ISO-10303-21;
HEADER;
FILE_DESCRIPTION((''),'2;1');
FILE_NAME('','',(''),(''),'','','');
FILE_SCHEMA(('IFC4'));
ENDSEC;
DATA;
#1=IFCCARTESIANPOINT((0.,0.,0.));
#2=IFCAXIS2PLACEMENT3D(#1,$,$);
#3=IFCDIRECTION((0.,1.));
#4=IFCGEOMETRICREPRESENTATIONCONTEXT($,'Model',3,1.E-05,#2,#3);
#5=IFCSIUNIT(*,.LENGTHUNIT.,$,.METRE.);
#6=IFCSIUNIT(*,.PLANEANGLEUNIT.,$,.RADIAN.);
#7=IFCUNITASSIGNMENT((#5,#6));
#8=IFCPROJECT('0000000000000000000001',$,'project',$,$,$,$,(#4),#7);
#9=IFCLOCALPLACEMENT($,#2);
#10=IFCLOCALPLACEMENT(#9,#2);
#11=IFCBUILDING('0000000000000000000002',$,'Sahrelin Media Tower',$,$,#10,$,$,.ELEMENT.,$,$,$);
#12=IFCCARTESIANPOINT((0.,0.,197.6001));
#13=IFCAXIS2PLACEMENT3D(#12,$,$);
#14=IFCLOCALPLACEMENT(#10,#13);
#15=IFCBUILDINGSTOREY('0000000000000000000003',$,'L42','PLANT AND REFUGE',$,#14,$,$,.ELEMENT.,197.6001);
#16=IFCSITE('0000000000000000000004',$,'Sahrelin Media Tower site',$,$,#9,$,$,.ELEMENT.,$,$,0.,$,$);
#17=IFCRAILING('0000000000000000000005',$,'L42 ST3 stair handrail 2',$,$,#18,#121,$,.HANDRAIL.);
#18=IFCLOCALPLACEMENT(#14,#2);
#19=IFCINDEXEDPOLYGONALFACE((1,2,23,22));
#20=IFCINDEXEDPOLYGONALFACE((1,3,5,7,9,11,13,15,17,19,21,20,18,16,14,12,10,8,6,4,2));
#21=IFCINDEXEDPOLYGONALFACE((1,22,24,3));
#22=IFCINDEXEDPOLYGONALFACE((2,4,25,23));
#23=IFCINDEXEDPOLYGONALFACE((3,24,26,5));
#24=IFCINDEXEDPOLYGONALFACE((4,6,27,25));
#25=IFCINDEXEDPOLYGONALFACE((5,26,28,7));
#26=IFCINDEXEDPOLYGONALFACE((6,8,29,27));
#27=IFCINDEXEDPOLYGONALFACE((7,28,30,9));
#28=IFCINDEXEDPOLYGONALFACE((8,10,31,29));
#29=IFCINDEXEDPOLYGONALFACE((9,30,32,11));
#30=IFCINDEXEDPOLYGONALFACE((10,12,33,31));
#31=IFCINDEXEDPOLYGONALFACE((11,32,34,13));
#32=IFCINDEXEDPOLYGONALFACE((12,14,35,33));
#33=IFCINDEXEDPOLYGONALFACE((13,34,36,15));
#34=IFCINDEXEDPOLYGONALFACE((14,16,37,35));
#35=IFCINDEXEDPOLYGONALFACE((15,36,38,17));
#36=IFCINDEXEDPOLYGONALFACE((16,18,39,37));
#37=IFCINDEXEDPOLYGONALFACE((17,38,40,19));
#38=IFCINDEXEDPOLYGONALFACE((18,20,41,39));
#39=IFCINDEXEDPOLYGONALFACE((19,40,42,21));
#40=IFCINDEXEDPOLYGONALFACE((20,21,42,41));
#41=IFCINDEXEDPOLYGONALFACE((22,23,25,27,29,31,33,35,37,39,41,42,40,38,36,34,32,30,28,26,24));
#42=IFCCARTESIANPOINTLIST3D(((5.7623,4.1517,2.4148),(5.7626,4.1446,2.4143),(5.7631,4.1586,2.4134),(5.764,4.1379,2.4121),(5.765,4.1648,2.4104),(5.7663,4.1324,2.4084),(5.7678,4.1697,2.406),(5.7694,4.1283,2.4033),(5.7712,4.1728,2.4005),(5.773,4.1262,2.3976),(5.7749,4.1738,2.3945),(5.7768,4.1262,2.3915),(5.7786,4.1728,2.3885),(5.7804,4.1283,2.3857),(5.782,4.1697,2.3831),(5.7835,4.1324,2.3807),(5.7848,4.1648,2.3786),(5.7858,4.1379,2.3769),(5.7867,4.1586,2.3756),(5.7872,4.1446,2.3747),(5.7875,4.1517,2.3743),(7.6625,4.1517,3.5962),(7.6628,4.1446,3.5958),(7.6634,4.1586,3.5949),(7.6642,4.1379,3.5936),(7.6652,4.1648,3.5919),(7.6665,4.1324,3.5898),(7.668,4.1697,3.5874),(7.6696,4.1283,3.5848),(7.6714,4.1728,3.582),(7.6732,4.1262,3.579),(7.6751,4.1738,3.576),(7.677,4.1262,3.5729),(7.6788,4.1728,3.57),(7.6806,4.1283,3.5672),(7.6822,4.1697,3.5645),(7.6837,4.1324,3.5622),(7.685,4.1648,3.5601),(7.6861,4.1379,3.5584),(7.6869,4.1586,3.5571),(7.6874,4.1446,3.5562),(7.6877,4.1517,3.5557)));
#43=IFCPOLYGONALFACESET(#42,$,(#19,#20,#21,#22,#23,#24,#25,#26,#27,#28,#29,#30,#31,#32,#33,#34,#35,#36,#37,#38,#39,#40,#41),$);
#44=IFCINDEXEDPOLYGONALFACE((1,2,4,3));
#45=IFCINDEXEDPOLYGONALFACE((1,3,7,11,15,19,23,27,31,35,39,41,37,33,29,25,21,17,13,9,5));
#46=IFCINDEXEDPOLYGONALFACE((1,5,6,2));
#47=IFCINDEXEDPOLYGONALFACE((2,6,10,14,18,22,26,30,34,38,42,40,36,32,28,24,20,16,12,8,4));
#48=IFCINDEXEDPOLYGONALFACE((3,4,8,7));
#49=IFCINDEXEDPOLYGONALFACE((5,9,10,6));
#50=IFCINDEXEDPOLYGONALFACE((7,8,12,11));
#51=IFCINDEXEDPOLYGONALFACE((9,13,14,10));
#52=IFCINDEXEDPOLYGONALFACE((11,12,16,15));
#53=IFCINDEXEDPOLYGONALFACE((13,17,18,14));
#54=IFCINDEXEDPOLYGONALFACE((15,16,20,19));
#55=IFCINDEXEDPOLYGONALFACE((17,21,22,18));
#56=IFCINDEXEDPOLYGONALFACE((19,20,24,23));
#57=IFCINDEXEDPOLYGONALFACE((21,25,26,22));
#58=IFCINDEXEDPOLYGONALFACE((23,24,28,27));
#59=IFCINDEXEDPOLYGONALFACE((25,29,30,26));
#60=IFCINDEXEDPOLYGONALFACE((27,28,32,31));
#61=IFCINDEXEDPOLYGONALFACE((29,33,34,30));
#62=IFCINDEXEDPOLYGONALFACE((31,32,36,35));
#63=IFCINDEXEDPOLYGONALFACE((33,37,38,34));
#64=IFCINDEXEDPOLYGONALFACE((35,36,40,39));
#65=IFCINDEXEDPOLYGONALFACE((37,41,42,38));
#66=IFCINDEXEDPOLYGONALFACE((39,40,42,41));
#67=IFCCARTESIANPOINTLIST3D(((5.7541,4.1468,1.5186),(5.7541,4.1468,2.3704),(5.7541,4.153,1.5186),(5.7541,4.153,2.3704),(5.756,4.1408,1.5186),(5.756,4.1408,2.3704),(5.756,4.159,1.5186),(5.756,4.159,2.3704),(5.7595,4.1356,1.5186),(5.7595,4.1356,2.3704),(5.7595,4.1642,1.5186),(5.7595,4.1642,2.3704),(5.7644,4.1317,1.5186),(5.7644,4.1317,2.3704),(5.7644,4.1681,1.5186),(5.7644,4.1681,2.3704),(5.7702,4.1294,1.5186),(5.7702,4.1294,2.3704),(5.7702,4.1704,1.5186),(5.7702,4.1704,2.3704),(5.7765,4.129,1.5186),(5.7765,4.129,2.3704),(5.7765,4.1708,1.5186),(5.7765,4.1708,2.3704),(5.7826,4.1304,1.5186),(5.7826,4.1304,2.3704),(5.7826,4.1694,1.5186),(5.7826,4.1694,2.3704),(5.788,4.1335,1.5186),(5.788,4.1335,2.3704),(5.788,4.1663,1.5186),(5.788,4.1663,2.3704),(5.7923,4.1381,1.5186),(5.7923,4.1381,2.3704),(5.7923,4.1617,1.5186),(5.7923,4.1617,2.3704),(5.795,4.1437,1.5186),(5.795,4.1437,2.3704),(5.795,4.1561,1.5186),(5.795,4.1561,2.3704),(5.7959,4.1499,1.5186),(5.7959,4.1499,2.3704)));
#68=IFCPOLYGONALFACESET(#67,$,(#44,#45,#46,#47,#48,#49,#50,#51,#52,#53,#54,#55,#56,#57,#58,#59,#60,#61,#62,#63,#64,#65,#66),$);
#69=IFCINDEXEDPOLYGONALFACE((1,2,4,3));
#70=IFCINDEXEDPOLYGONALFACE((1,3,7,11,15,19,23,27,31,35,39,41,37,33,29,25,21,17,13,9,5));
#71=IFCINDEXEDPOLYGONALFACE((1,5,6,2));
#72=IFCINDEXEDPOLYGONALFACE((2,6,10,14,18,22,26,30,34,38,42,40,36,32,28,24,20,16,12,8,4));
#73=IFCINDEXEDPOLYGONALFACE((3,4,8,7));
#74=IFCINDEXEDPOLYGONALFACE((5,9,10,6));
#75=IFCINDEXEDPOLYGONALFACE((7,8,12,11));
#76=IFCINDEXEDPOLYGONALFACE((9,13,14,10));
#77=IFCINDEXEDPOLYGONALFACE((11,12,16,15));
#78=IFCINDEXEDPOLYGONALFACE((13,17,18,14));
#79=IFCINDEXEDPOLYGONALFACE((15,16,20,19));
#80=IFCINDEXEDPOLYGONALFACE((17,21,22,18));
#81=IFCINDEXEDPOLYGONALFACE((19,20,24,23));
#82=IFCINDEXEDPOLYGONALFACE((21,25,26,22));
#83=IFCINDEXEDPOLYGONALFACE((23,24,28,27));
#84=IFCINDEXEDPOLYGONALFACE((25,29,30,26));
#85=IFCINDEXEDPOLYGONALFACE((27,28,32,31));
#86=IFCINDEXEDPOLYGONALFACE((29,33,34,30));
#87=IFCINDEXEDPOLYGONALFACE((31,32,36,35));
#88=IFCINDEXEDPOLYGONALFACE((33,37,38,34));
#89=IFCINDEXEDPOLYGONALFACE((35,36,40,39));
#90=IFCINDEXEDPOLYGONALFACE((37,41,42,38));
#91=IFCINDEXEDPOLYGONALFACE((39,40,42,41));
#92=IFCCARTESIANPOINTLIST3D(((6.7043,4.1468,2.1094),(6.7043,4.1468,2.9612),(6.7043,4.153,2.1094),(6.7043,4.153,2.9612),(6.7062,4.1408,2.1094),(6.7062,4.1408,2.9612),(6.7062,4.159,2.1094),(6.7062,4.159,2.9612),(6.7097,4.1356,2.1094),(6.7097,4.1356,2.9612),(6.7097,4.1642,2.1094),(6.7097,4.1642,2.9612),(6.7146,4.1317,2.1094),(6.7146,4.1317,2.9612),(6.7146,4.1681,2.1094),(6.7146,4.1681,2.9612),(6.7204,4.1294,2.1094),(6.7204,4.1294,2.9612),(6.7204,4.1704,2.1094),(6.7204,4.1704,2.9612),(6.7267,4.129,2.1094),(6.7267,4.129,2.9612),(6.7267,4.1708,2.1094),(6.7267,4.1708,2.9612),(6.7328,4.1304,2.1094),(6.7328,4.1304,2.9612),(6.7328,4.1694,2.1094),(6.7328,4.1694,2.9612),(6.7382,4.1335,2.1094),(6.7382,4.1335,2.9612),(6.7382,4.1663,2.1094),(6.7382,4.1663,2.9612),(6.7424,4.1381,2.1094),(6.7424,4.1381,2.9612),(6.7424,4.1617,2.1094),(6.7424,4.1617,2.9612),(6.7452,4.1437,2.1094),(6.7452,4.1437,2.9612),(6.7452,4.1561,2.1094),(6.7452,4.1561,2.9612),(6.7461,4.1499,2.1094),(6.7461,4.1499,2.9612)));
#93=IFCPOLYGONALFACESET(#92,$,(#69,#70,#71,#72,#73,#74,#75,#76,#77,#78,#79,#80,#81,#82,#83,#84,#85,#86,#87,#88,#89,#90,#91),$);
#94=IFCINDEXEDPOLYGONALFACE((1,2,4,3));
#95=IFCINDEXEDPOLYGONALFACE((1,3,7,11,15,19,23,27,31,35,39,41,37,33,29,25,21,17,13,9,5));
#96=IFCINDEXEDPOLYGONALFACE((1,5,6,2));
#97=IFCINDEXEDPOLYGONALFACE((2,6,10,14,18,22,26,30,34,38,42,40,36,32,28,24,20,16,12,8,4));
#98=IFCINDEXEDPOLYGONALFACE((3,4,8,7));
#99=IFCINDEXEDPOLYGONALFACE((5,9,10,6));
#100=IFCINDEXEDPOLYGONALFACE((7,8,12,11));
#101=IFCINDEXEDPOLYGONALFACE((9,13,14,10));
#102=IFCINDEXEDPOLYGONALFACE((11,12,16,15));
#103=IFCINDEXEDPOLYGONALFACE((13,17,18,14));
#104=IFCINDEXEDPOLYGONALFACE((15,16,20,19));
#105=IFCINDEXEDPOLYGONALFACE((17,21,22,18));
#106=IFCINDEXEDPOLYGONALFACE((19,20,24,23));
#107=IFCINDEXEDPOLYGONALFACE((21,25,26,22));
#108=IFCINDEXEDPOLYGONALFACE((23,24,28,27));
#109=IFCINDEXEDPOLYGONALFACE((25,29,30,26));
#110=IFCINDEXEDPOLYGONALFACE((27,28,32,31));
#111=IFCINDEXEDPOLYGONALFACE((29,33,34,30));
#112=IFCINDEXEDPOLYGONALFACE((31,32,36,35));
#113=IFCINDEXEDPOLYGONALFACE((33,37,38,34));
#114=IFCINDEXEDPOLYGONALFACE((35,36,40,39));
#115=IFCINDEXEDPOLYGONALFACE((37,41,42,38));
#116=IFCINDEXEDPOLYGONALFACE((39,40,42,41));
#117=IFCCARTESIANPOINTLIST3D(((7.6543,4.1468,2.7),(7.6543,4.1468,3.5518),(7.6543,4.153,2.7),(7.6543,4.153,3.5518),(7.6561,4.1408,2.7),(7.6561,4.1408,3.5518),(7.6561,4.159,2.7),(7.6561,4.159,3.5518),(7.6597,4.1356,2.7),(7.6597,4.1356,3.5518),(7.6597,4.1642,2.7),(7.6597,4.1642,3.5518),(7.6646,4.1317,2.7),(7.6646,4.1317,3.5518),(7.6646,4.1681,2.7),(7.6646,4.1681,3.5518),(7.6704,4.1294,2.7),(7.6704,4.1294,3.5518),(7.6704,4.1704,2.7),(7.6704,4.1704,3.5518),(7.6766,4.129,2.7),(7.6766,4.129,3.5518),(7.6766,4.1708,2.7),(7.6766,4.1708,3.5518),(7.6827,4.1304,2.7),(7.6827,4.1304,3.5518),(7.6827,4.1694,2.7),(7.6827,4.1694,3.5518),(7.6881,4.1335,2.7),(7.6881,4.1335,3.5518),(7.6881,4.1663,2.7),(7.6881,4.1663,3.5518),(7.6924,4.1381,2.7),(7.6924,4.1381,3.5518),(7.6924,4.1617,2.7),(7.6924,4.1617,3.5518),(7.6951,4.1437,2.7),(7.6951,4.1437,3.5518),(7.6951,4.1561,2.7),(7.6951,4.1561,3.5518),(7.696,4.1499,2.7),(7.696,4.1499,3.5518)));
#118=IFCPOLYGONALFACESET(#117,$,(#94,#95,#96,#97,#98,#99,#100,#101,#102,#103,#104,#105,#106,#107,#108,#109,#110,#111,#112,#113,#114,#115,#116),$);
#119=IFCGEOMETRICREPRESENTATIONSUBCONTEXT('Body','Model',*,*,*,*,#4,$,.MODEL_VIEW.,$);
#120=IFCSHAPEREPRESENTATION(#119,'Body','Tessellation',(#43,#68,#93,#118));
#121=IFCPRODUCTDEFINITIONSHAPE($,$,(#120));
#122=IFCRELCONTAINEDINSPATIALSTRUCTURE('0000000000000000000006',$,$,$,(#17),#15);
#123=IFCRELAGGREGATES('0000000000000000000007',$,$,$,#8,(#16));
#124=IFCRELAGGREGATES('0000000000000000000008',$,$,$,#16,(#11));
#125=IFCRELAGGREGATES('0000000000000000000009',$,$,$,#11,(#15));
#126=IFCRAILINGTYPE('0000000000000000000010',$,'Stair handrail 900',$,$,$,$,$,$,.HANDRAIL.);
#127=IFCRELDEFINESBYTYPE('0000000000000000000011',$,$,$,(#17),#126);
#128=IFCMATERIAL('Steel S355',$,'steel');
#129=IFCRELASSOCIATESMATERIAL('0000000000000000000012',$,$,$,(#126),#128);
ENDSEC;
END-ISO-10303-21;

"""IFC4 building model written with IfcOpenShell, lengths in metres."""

from ifc_helpers import new_model, si_unit, direction, frame, origin, origin_2d, place, context, subcontext, project, spatial, circle, extrude, material, type_object, element, save


model = new_model("IFC4")

# Units and contexts
model_context = context("Model", 3, precision=1e-05, world=origin(), true_north=direction((0.0, 1.0)))
body_context = subcontext(model_context, "Body", "Model", "MODEL_VIEW")
ifc_project = project(units=[si_unit("LENGTHUNIT", "METRE"), si_unit("PLANEANGLEUNIT", "RADIAN")], contexts=[model_context])

# Site, building, storey
site_placement = place(None, origin())
site = spatial("IfcSite", under=ifc_project, at=site_placement, Name="Sahrelin Media Tower site", CompositionType="ELEMENT", RefElevation=0.0)
building_placement = place(site_placement, origin())
building = spatial("IfcBuilding", under=site, at=building_placement, Name="Sahrelin Media Tower", CompositionType="ELEMENT")
storey_placement = place(building_placement, frame((0.0, 0.0, 197.6001)))
storey = spatial("IfcBuildingStorey", under=building, at=storey_placement, Name="L42", Description="PLANT AND REFUGE", CompositionType="ELEMENT", Elevation=197.6001)

# Railing
ifc_material_1 = material(Name="Steel S355", Category="steel")
railing_type_1 = type_object("IfcRailingType", Name="Stair handrail 900", PredefinedType="HANDRAIL", material=ifc_material_1)
railing_1_placement = place(storey_placement, frame((5.7749, 4.1499, 1.5186)))
element("IfcRailing", 1, at=railing_1_placement, inside=storey, type_object=railing_type_1, Name="L42 ST3 stair handrail 2", PredefinedType="HANDRAIL", context=body_context, shape_type="SweptSolid", body=[
    extrude(circle(Radius=0.0239, at=origin_2d()), frame((0.0, 0.0, 0.876), z_axis=(0.84924, 0.0, 0.528006), x_axis=(0.0, 1.0, 0.0)), (0.0, 0.0, 1.0), 2.2375),
    extrude(circle(Radius=0.021, at=origin_2d()), origin(), (0.0, 0.0, 1.0), 0.8518),
    extrude(circle(Radius=0.021, at=origin_2d()), frame((0.9502, 0.0, 0.5908)), (0.0, 0.0, 1.0), 0.8518),
    extrude(circle(Radius=0.021, at=origin_2d()), frame((1.9001, 0.0, 1.1814)), (0.0, 0.0, 1.0), 0.8518),
])

save(model, "model.ifc")
